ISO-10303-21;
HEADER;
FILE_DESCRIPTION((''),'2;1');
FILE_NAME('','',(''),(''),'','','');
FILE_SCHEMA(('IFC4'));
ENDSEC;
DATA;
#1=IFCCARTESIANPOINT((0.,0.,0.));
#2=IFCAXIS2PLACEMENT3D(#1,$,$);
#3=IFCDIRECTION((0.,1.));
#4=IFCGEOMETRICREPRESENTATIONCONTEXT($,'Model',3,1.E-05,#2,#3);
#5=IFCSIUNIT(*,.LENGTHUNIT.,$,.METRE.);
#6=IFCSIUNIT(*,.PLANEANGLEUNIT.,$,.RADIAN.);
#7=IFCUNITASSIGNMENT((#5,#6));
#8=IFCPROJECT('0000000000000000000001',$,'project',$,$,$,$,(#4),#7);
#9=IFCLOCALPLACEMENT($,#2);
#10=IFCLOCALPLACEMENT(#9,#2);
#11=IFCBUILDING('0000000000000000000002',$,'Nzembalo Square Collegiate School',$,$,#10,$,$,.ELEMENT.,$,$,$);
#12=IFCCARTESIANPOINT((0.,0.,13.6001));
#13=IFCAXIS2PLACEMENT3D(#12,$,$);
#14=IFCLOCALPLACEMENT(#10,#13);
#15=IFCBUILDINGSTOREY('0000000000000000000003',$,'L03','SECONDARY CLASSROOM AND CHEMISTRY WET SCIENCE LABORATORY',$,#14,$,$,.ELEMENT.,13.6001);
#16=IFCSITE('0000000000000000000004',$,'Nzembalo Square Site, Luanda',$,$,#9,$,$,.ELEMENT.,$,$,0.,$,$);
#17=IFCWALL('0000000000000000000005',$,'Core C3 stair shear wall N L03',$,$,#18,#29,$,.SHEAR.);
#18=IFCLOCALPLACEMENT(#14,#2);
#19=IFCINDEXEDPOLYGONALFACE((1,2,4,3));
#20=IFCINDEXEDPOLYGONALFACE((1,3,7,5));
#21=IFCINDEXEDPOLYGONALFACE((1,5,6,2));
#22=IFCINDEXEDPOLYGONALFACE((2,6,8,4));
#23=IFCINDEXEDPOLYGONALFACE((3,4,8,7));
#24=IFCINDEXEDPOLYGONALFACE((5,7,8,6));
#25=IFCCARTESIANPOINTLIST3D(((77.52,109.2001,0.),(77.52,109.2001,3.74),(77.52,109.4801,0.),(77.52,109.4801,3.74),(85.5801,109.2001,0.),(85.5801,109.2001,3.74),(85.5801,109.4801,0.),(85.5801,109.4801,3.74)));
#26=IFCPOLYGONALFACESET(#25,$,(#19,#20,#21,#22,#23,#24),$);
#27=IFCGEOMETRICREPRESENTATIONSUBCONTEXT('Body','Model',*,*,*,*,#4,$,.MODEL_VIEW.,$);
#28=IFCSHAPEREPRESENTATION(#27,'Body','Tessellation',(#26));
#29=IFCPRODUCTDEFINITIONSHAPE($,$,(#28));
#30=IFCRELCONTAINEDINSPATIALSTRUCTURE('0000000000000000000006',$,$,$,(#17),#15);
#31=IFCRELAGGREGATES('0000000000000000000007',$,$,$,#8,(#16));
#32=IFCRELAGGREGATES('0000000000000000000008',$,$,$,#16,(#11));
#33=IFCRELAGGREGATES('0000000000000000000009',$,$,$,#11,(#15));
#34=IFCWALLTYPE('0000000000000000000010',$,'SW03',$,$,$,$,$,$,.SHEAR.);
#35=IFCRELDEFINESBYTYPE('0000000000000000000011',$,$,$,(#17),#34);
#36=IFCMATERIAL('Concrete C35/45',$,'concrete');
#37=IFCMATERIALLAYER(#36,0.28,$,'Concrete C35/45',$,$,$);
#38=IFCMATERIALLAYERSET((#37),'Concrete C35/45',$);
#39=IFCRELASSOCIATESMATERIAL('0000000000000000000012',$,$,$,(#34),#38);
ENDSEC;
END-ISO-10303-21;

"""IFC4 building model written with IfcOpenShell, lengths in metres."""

from ifc_helpers import new_model, si_unit, direction, frame, frame_2d, origin, place, context, subcontext, project, spatial, rectangle, extrude, material, layer, layer_set, type_object, element, save


model = new_model("IFC4")

# Units and contexts
model_context = context("Model", 3, precision=1e-05, world=origin(), true_north=direction((0.0, 1.0)))
body_context = subcontext(model_context, "Body", "Model", "MODEL_VIEW")
ifc_project = project(units=[si_unit("LENGTHUNIT", "METRE"), si_unit("PLANEANGLEUNIT", "RADIAN")], contexts=[model_context])

# Site, building, storey
site_placement = place(None, origin())
site = spatial("IfcSite", under=ifc_project, at=site_placement, Name="Nzembalo Square Site, Luanda", CompositionType="ELEMENT", RefElevation=0.0)
building_placement = place(site_placement, origin())
building = spatial("IfcBuilding", under=site, at=building_placement, Name="Nzembalo Square Collegiate School", CompositionType="ELEMENT")
storey_placement = place(building_placement, frame((0.0, 0.0, 13.6001)))
storey = spatial("IfcBuildingStorey", under=building, at=storey_placement, Name="L03", Description="SECONDARY CLASSROOM AND CHEMISTRY WET SCIENCE LABORATORY", CompositionType="ELEMENT", Elevation=13.6001)

# Wall
ifc_material_1 = material(Name="Concrete C35/45", Category="concrete")
ifc_layer_1 = layer(ifc_material_1, 0.28, Name="Concrete C35/45")
ifc_layer_set_1 = layer_set([ifc_layer_1], Name="Concrete C35/45")
wall_type = type_object("IfcWallType", Name="SW03", PredefinedType="SHEAR", material=ifc_layer_set_1)
wall_placement = place(storey_placement, frame((77.52, 109.3401, 0.0), z_axis=(0.0, 0.0, 1.0), x_axis=(1.0, 0.0, 0.0)))
element("IfcWall", 1, at=wall_placement, inside=storey, type_object=wall_type, Name="Core C3 stair shear wall N L03", PredefinedType="SHEAR", context=body_context, shape_type="SweptSolid", body=[
    extrude(rectangle(XDim=8.0601, YDim=0.28, at=frame_2d((4.03, 0.0))), origin(), (0.0, 0.0, 1.0), 3.74),
])

save(model, "model.ifc")
